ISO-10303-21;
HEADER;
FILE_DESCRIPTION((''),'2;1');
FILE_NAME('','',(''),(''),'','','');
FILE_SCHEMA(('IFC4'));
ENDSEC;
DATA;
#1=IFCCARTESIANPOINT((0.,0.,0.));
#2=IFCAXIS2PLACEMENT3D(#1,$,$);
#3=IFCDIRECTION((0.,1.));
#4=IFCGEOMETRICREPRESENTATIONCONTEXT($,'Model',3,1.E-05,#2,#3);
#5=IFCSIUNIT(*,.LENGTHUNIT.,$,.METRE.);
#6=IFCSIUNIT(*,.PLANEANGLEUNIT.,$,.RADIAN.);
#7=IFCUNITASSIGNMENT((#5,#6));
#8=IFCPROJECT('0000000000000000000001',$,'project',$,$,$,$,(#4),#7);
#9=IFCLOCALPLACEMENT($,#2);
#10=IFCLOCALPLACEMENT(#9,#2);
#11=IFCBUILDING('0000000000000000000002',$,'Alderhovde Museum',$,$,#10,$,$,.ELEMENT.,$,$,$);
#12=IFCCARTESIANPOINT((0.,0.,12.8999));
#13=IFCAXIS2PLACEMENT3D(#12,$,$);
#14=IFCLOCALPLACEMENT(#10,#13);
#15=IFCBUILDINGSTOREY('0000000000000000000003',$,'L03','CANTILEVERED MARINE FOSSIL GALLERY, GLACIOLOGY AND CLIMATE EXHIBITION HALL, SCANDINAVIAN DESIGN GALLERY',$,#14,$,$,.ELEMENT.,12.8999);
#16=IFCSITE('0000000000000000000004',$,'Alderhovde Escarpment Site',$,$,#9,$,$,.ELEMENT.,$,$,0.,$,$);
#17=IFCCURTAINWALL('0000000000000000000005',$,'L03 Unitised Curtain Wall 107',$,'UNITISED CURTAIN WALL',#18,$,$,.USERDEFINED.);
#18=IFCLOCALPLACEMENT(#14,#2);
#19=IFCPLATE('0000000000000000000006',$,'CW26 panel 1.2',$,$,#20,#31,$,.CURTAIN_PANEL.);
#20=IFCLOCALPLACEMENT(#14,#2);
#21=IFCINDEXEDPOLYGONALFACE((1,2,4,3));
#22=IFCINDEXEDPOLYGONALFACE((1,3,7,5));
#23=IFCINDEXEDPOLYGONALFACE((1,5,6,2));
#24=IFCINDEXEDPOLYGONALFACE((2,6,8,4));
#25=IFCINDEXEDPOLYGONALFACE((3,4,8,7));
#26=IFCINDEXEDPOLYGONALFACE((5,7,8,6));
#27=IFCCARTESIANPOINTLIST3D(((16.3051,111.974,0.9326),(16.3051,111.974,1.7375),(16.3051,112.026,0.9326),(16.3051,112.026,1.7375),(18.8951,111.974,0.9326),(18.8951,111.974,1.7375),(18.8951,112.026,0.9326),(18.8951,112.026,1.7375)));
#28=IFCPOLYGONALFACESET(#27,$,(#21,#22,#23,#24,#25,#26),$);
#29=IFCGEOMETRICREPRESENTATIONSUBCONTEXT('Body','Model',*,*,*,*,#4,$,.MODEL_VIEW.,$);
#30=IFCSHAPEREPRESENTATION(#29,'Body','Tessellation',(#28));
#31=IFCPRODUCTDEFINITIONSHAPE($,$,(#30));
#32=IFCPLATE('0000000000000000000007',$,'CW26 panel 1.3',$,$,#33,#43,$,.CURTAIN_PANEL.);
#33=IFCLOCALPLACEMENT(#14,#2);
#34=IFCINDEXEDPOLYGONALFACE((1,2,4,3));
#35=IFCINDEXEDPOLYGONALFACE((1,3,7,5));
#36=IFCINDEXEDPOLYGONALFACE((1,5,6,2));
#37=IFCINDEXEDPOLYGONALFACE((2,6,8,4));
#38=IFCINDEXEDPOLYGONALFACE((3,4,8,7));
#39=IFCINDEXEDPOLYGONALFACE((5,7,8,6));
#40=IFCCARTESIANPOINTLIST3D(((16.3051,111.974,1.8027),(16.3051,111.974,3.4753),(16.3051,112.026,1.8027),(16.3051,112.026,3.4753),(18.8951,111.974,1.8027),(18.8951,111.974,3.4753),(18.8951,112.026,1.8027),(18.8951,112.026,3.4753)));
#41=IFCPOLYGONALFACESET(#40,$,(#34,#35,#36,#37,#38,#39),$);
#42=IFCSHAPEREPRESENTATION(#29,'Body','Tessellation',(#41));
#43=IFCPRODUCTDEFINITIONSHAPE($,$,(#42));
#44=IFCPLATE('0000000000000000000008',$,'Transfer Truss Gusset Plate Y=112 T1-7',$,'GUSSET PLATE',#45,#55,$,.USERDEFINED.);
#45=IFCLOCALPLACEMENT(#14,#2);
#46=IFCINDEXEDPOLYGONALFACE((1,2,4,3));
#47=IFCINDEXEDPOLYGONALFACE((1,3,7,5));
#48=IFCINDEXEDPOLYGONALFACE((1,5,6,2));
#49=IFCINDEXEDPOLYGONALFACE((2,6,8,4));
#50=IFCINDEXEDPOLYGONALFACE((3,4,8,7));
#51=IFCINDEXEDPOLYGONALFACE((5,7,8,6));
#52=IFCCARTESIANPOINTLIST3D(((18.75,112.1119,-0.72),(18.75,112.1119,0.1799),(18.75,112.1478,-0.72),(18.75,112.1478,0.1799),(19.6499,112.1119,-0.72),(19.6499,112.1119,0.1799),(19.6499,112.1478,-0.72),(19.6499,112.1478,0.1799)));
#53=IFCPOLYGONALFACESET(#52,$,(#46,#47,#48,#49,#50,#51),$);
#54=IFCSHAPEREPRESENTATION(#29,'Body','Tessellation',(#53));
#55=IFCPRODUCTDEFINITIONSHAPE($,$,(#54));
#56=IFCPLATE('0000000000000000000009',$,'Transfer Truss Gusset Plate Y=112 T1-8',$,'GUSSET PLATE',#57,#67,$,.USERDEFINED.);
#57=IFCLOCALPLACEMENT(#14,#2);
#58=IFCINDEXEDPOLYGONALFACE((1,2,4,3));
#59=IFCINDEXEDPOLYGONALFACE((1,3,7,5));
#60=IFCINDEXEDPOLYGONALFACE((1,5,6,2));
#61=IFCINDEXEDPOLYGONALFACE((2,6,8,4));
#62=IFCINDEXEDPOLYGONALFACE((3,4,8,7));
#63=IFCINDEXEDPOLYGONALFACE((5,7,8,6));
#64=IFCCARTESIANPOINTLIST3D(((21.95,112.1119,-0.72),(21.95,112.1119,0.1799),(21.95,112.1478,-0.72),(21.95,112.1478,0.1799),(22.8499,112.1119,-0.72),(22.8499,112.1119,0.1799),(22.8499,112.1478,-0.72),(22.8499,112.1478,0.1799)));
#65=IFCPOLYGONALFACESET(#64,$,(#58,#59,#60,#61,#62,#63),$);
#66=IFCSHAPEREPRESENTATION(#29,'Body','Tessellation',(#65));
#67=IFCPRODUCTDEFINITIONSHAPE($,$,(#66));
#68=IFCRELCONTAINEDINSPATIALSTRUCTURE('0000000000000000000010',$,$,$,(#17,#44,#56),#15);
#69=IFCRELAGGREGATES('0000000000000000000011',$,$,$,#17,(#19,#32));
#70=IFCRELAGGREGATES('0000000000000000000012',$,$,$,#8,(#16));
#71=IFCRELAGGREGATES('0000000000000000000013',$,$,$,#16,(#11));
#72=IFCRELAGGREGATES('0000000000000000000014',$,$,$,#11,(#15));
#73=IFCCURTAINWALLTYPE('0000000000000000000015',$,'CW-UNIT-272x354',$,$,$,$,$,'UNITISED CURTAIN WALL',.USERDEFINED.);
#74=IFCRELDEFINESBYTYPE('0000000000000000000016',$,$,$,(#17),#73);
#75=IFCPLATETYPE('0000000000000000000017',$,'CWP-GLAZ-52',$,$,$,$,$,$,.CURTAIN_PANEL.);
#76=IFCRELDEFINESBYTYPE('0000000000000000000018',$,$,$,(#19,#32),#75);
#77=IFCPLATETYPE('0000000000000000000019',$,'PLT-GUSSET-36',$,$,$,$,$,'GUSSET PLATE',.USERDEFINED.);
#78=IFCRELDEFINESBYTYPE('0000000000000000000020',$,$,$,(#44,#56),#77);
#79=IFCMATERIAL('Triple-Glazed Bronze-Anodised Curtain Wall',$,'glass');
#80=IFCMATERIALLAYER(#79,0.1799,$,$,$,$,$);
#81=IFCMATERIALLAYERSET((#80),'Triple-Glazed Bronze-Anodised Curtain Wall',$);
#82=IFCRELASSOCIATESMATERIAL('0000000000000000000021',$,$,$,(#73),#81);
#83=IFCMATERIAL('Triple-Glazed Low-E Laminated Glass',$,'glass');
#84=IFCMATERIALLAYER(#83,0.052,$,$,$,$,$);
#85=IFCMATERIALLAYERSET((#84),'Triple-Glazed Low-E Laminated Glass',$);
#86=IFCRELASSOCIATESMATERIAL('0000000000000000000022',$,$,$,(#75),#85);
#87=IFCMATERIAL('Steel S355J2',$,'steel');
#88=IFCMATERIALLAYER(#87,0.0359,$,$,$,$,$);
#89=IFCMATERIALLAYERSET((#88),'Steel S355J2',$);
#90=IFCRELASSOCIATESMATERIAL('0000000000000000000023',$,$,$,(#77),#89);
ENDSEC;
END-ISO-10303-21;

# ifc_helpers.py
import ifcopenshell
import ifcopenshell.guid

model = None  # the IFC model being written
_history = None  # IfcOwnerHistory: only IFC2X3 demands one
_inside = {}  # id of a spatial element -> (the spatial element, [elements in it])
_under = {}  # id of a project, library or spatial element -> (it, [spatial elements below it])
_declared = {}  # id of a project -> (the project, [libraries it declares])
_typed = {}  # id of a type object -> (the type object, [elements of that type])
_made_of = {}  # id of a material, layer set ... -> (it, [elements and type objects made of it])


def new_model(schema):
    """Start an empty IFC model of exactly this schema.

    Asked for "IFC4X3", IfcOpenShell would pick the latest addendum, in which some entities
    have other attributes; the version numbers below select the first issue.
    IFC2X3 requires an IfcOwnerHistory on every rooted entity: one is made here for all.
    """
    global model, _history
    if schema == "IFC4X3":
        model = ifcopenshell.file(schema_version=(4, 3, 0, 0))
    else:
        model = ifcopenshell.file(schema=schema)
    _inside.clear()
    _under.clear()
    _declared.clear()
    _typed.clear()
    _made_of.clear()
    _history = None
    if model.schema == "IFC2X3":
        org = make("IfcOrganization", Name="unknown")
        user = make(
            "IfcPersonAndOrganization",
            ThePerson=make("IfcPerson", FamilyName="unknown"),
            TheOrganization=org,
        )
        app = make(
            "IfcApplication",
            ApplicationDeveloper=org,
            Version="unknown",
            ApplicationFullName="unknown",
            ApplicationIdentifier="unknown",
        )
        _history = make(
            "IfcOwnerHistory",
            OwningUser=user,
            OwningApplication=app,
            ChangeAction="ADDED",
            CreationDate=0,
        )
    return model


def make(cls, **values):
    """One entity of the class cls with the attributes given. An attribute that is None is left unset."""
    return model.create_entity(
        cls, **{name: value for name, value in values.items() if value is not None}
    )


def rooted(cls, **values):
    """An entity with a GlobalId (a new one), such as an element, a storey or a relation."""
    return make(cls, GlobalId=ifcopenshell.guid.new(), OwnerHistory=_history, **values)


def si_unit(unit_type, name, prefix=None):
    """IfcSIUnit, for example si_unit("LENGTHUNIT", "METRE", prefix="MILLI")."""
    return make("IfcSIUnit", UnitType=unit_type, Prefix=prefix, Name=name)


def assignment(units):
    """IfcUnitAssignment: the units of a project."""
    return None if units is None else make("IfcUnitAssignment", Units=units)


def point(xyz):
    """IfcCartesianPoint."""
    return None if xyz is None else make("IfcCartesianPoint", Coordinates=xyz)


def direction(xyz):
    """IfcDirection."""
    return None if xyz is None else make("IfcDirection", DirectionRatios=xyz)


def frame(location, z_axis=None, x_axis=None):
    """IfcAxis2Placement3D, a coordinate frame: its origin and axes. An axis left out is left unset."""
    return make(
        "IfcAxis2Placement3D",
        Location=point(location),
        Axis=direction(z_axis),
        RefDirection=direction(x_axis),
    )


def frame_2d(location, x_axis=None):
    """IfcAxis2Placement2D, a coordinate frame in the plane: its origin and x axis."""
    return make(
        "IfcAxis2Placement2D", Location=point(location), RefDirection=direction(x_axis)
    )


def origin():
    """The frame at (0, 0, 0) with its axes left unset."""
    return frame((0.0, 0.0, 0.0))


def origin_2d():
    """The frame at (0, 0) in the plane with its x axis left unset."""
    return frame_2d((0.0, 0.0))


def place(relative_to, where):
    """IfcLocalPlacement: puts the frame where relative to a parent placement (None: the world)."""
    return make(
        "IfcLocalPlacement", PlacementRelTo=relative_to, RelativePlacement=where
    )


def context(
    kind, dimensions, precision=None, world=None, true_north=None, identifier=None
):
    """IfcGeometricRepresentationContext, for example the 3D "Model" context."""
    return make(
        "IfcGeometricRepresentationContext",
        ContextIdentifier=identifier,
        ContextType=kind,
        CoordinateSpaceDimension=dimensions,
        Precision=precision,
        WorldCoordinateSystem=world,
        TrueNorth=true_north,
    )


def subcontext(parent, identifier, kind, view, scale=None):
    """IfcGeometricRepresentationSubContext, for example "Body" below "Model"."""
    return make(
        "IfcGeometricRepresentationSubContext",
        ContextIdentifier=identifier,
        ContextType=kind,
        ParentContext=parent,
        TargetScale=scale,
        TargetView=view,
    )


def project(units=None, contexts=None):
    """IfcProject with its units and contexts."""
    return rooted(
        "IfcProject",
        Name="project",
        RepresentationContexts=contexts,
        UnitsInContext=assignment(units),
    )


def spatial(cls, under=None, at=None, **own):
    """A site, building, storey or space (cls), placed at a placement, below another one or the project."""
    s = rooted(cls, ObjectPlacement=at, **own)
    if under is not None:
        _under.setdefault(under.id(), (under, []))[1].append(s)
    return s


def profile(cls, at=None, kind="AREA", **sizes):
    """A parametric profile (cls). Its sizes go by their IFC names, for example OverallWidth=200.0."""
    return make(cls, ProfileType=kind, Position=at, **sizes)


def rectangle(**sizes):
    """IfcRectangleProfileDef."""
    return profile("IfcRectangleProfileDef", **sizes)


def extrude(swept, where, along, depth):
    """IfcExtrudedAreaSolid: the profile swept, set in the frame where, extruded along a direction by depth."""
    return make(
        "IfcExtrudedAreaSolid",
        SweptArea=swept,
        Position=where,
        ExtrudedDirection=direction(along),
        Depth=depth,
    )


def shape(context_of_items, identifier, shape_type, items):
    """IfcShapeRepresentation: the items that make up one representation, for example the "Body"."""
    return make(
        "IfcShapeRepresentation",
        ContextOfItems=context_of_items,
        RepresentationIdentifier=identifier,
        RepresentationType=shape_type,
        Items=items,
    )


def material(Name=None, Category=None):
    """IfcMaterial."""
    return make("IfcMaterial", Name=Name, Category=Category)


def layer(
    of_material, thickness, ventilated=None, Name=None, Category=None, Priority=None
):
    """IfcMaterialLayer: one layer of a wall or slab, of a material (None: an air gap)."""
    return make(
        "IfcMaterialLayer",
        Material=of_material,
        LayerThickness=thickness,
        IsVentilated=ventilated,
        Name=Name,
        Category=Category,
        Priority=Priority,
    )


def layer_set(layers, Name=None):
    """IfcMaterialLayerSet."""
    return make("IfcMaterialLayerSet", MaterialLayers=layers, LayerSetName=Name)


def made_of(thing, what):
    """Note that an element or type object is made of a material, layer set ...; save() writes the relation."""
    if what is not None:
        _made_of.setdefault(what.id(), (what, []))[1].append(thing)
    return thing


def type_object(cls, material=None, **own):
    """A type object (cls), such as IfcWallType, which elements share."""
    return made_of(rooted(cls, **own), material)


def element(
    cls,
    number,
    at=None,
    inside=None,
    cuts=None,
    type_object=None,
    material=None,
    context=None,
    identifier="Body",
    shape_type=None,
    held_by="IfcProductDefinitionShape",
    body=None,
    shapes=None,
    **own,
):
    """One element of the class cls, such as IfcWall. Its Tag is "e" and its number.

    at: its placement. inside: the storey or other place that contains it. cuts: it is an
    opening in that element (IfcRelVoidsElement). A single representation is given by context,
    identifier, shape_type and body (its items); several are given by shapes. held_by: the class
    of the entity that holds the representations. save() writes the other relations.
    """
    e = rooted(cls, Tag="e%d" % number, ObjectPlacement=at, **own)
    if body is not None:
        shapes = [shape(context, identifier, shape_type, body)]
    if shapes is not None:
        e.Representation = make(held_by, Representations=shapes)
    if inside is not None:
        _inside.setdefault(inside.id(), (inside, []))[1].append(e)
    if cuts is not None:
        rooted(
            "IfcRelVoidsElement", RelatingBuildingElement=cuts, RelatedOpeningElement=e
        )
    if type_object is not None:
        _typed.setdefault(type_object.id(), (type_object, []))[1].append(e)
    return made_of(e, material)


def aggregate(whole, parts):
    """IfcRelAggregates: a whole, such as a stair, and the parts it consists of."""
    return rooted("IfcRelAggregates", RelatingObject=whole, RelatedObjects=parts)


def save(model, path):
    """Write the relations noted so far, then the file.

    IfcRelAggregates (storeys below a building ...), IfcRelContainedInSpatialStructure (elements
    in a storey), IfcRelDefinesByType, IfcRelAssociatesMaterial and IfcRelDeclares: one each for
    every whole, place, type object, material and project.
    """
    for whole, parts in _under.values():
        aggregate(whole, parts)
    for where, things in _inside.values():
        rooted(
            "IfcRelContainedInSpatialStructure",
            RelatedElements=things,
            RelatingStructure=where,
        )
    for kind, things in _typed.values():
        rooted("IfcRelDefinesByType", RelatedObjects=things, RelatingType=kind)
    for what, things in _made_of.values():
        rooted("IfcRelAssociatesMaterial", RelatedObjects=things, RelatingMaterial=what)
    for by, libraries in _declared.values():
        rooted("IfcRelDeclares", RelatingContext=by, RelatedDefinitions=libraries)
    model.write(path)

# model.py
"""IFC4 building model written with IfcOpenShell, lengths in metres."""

from ifc_helpers import new_model, si_unit, direction, frame, origin, origin_2d, place, context, subcontext, project, spatial, rectangle, extrude, material, layer, layer_set, type_object, element, aggregate, save


model = new_model("IFC4")

# Units and contexts
model_context = context("Model", 3, precision=1e-05, world=origin(), true_north=direction((0.0, 1.0)))
body_context = subcontext(model_context, "Body", "Model", "MODEL_VIEW")
ifc_project = project(units=[si_unit("LENGTHUNIT", "METRE"), si_unit("PLANEANGLEUNIT", "RADIAN")], contexts=[model_context])

# Site, building, storey
site_placement = place(None, origin())
site = spatial("IfcSite", under=ifc_project, at=site_placement, Name="Alderhovde Escarpment Site", CompositionType="ELEMENT", RefElevation=0.0)
building_placement = place(site_placement, origin())
building = spatial("IfcBuilding", under=site, at=building_placement, Name="Alderhovde Museum", CompositionType="ELEMENT")
storey_placement = place(building_placement, frame((0.0, 0.0, 12.8999)))
storey = spatial("IfcBuildingStorey", under=building, at=storey_placement, Name="L03", Description="CANTILEVERED MARINE FOSSIL GALLERY, GLACIOLOGY AND CLIMATE EXHIBITION HALL, SCANDINAVIAN DESIGN GALLERY", CompositionType="ELEMENT", Elevation=12.8999)

# Curtain wall
ifc_material_1 = material(Name="Triple-Glazed Bronze-Anodised Curtain Wall", Category="glass")
ifc_layer_1 = layer(ifc_material_1, 0.1799)
ifc_layer_set_1 = layer_set([ifc_layer_1], Name="Triple-Glazed Bronze-Anodised Curtain Wall")
curtain_wall_type = type_object("IfcCurtainWallType", Name="CW-UNIT-272x354", ElementType="UNITISED CURTAIN WALL", PredefinedType="USERDEFINED", material=ifc_layer_set_1)
curtain_wall_1_placement = place(storey_placement, origin())
curtain_wall_1 = element("IfcCurtainWall", 1, at=curtain_wall_1_placement, inside=storey, type_object=curtain_wall_type, Name="L03 Unitised Curtain Wall 107", ObjectType="UNITISED CURTAIN WALL", PredefinedType="USERDEFINED")

# Plates
ifc_material_2 = material(Name="Triple-Glazed Low-E Laminated Glass", Category="glass")
ifc_layer_2 = layer(ifc_material_2, 0.052)
ifc_layer_set_2 = layer_set([ifc_layer_2], Name="Triple-Glazed Low-E Laminated Glass")
plate_type_1 = type_object("IfcPlateType", Name="CWP-GLAZ-52", PredefinedType="CURTAIN_PANEL", material=ifc_layer_set_2)
plate_1_placement = place(storey_placement, frame((17.6001, 112.0, 0.9326), z_axis=(0.0, 0.0, 1.0), x_axis=(1.0, 0.0, 0.0)))
plate_1 = element("IfcPlate", 2, at=plate_1_placement, type_object=plate_type_1, Name="CW26 panel 1.2", PredefinedType="CURTAIN_PANEL", context=body_context, shape_type="SweptSolid", body=[
    extrude(rectangle(XDim=2.5901, YDim=0.052, at=origin_2d()), origin(), (0.0, 0.0, 1.0), 0.8049),
])
plate_2_placement = place(storey_placement, frame((17.6001, 112.0, 1.8027), z_axis=(0.0, 0.0, 1.0), x_axis=(1.0, 0.0, 0.0)))
plate_2 = element("IfcPlate", 3, at=plate_2_placement, type_object=plate_type_1, Name="CW26 panel 1.3", PredefinedType="CURTAIN_PANEL", context=body_context, shape_type="SweptSolid", body=[
    extrude(rectangle(XDim=2.5901, YDim=0.052, at=origin_2d()), origin(), (0.0, 0.0, 1.0), 1.6726),
])
aggregate(curtain_wall_1, [plate_1, plate_2])

# Plates
ifc_material_3 = material(Name="Steel S355J2", Category="steel")
ifc_layer_3 = layer(ifc_material_3, 0.0359)
ifc_layer_set_3 = layer_set([ifc_layer_3], Name="Steel S355J2")
plate_type_2 = type_object("IfcPlateType", Name="PLT-GUSSET-36", ElementType="GUSSET PLATE", PredefinedType="USERDEFINED", material=ifc_layer_set_3)
for number, where, z_axis, x_axis, name in (
    (4, (19.2, 112.1299, -0.72), (0.0, 0.0, 1.0), (1.0, 0.0, 0.0), "Transfer Truss Gusset Plate Y=112 T1-7"),
    (5, (22.3999, 112.1299, -0.72), (0.0, 0.0, 1.0), (1.0, 0.0, 0.0), "Transfer Truss Gusset Plate Y=112 T1-8"),
):
    element("IfcPlate", number, at=place(storey_placement, frame(where, z_axis=z_axis, x_axis=x_axis)), inside=storey, type_object=plate_type_2, Name=name, ObjectType="GUSSET PLATE", PredefinedType="USERDEFINED", context=body_context, shape_type="SweptSolid", body=[
        extrude(rectangle(XDim=0.8999, YDim=0.0359, at=origin_2d()), origin(), (0.0, 0.0, 1.0), 0.8999),
    ])

save(model, "model.ifc")
